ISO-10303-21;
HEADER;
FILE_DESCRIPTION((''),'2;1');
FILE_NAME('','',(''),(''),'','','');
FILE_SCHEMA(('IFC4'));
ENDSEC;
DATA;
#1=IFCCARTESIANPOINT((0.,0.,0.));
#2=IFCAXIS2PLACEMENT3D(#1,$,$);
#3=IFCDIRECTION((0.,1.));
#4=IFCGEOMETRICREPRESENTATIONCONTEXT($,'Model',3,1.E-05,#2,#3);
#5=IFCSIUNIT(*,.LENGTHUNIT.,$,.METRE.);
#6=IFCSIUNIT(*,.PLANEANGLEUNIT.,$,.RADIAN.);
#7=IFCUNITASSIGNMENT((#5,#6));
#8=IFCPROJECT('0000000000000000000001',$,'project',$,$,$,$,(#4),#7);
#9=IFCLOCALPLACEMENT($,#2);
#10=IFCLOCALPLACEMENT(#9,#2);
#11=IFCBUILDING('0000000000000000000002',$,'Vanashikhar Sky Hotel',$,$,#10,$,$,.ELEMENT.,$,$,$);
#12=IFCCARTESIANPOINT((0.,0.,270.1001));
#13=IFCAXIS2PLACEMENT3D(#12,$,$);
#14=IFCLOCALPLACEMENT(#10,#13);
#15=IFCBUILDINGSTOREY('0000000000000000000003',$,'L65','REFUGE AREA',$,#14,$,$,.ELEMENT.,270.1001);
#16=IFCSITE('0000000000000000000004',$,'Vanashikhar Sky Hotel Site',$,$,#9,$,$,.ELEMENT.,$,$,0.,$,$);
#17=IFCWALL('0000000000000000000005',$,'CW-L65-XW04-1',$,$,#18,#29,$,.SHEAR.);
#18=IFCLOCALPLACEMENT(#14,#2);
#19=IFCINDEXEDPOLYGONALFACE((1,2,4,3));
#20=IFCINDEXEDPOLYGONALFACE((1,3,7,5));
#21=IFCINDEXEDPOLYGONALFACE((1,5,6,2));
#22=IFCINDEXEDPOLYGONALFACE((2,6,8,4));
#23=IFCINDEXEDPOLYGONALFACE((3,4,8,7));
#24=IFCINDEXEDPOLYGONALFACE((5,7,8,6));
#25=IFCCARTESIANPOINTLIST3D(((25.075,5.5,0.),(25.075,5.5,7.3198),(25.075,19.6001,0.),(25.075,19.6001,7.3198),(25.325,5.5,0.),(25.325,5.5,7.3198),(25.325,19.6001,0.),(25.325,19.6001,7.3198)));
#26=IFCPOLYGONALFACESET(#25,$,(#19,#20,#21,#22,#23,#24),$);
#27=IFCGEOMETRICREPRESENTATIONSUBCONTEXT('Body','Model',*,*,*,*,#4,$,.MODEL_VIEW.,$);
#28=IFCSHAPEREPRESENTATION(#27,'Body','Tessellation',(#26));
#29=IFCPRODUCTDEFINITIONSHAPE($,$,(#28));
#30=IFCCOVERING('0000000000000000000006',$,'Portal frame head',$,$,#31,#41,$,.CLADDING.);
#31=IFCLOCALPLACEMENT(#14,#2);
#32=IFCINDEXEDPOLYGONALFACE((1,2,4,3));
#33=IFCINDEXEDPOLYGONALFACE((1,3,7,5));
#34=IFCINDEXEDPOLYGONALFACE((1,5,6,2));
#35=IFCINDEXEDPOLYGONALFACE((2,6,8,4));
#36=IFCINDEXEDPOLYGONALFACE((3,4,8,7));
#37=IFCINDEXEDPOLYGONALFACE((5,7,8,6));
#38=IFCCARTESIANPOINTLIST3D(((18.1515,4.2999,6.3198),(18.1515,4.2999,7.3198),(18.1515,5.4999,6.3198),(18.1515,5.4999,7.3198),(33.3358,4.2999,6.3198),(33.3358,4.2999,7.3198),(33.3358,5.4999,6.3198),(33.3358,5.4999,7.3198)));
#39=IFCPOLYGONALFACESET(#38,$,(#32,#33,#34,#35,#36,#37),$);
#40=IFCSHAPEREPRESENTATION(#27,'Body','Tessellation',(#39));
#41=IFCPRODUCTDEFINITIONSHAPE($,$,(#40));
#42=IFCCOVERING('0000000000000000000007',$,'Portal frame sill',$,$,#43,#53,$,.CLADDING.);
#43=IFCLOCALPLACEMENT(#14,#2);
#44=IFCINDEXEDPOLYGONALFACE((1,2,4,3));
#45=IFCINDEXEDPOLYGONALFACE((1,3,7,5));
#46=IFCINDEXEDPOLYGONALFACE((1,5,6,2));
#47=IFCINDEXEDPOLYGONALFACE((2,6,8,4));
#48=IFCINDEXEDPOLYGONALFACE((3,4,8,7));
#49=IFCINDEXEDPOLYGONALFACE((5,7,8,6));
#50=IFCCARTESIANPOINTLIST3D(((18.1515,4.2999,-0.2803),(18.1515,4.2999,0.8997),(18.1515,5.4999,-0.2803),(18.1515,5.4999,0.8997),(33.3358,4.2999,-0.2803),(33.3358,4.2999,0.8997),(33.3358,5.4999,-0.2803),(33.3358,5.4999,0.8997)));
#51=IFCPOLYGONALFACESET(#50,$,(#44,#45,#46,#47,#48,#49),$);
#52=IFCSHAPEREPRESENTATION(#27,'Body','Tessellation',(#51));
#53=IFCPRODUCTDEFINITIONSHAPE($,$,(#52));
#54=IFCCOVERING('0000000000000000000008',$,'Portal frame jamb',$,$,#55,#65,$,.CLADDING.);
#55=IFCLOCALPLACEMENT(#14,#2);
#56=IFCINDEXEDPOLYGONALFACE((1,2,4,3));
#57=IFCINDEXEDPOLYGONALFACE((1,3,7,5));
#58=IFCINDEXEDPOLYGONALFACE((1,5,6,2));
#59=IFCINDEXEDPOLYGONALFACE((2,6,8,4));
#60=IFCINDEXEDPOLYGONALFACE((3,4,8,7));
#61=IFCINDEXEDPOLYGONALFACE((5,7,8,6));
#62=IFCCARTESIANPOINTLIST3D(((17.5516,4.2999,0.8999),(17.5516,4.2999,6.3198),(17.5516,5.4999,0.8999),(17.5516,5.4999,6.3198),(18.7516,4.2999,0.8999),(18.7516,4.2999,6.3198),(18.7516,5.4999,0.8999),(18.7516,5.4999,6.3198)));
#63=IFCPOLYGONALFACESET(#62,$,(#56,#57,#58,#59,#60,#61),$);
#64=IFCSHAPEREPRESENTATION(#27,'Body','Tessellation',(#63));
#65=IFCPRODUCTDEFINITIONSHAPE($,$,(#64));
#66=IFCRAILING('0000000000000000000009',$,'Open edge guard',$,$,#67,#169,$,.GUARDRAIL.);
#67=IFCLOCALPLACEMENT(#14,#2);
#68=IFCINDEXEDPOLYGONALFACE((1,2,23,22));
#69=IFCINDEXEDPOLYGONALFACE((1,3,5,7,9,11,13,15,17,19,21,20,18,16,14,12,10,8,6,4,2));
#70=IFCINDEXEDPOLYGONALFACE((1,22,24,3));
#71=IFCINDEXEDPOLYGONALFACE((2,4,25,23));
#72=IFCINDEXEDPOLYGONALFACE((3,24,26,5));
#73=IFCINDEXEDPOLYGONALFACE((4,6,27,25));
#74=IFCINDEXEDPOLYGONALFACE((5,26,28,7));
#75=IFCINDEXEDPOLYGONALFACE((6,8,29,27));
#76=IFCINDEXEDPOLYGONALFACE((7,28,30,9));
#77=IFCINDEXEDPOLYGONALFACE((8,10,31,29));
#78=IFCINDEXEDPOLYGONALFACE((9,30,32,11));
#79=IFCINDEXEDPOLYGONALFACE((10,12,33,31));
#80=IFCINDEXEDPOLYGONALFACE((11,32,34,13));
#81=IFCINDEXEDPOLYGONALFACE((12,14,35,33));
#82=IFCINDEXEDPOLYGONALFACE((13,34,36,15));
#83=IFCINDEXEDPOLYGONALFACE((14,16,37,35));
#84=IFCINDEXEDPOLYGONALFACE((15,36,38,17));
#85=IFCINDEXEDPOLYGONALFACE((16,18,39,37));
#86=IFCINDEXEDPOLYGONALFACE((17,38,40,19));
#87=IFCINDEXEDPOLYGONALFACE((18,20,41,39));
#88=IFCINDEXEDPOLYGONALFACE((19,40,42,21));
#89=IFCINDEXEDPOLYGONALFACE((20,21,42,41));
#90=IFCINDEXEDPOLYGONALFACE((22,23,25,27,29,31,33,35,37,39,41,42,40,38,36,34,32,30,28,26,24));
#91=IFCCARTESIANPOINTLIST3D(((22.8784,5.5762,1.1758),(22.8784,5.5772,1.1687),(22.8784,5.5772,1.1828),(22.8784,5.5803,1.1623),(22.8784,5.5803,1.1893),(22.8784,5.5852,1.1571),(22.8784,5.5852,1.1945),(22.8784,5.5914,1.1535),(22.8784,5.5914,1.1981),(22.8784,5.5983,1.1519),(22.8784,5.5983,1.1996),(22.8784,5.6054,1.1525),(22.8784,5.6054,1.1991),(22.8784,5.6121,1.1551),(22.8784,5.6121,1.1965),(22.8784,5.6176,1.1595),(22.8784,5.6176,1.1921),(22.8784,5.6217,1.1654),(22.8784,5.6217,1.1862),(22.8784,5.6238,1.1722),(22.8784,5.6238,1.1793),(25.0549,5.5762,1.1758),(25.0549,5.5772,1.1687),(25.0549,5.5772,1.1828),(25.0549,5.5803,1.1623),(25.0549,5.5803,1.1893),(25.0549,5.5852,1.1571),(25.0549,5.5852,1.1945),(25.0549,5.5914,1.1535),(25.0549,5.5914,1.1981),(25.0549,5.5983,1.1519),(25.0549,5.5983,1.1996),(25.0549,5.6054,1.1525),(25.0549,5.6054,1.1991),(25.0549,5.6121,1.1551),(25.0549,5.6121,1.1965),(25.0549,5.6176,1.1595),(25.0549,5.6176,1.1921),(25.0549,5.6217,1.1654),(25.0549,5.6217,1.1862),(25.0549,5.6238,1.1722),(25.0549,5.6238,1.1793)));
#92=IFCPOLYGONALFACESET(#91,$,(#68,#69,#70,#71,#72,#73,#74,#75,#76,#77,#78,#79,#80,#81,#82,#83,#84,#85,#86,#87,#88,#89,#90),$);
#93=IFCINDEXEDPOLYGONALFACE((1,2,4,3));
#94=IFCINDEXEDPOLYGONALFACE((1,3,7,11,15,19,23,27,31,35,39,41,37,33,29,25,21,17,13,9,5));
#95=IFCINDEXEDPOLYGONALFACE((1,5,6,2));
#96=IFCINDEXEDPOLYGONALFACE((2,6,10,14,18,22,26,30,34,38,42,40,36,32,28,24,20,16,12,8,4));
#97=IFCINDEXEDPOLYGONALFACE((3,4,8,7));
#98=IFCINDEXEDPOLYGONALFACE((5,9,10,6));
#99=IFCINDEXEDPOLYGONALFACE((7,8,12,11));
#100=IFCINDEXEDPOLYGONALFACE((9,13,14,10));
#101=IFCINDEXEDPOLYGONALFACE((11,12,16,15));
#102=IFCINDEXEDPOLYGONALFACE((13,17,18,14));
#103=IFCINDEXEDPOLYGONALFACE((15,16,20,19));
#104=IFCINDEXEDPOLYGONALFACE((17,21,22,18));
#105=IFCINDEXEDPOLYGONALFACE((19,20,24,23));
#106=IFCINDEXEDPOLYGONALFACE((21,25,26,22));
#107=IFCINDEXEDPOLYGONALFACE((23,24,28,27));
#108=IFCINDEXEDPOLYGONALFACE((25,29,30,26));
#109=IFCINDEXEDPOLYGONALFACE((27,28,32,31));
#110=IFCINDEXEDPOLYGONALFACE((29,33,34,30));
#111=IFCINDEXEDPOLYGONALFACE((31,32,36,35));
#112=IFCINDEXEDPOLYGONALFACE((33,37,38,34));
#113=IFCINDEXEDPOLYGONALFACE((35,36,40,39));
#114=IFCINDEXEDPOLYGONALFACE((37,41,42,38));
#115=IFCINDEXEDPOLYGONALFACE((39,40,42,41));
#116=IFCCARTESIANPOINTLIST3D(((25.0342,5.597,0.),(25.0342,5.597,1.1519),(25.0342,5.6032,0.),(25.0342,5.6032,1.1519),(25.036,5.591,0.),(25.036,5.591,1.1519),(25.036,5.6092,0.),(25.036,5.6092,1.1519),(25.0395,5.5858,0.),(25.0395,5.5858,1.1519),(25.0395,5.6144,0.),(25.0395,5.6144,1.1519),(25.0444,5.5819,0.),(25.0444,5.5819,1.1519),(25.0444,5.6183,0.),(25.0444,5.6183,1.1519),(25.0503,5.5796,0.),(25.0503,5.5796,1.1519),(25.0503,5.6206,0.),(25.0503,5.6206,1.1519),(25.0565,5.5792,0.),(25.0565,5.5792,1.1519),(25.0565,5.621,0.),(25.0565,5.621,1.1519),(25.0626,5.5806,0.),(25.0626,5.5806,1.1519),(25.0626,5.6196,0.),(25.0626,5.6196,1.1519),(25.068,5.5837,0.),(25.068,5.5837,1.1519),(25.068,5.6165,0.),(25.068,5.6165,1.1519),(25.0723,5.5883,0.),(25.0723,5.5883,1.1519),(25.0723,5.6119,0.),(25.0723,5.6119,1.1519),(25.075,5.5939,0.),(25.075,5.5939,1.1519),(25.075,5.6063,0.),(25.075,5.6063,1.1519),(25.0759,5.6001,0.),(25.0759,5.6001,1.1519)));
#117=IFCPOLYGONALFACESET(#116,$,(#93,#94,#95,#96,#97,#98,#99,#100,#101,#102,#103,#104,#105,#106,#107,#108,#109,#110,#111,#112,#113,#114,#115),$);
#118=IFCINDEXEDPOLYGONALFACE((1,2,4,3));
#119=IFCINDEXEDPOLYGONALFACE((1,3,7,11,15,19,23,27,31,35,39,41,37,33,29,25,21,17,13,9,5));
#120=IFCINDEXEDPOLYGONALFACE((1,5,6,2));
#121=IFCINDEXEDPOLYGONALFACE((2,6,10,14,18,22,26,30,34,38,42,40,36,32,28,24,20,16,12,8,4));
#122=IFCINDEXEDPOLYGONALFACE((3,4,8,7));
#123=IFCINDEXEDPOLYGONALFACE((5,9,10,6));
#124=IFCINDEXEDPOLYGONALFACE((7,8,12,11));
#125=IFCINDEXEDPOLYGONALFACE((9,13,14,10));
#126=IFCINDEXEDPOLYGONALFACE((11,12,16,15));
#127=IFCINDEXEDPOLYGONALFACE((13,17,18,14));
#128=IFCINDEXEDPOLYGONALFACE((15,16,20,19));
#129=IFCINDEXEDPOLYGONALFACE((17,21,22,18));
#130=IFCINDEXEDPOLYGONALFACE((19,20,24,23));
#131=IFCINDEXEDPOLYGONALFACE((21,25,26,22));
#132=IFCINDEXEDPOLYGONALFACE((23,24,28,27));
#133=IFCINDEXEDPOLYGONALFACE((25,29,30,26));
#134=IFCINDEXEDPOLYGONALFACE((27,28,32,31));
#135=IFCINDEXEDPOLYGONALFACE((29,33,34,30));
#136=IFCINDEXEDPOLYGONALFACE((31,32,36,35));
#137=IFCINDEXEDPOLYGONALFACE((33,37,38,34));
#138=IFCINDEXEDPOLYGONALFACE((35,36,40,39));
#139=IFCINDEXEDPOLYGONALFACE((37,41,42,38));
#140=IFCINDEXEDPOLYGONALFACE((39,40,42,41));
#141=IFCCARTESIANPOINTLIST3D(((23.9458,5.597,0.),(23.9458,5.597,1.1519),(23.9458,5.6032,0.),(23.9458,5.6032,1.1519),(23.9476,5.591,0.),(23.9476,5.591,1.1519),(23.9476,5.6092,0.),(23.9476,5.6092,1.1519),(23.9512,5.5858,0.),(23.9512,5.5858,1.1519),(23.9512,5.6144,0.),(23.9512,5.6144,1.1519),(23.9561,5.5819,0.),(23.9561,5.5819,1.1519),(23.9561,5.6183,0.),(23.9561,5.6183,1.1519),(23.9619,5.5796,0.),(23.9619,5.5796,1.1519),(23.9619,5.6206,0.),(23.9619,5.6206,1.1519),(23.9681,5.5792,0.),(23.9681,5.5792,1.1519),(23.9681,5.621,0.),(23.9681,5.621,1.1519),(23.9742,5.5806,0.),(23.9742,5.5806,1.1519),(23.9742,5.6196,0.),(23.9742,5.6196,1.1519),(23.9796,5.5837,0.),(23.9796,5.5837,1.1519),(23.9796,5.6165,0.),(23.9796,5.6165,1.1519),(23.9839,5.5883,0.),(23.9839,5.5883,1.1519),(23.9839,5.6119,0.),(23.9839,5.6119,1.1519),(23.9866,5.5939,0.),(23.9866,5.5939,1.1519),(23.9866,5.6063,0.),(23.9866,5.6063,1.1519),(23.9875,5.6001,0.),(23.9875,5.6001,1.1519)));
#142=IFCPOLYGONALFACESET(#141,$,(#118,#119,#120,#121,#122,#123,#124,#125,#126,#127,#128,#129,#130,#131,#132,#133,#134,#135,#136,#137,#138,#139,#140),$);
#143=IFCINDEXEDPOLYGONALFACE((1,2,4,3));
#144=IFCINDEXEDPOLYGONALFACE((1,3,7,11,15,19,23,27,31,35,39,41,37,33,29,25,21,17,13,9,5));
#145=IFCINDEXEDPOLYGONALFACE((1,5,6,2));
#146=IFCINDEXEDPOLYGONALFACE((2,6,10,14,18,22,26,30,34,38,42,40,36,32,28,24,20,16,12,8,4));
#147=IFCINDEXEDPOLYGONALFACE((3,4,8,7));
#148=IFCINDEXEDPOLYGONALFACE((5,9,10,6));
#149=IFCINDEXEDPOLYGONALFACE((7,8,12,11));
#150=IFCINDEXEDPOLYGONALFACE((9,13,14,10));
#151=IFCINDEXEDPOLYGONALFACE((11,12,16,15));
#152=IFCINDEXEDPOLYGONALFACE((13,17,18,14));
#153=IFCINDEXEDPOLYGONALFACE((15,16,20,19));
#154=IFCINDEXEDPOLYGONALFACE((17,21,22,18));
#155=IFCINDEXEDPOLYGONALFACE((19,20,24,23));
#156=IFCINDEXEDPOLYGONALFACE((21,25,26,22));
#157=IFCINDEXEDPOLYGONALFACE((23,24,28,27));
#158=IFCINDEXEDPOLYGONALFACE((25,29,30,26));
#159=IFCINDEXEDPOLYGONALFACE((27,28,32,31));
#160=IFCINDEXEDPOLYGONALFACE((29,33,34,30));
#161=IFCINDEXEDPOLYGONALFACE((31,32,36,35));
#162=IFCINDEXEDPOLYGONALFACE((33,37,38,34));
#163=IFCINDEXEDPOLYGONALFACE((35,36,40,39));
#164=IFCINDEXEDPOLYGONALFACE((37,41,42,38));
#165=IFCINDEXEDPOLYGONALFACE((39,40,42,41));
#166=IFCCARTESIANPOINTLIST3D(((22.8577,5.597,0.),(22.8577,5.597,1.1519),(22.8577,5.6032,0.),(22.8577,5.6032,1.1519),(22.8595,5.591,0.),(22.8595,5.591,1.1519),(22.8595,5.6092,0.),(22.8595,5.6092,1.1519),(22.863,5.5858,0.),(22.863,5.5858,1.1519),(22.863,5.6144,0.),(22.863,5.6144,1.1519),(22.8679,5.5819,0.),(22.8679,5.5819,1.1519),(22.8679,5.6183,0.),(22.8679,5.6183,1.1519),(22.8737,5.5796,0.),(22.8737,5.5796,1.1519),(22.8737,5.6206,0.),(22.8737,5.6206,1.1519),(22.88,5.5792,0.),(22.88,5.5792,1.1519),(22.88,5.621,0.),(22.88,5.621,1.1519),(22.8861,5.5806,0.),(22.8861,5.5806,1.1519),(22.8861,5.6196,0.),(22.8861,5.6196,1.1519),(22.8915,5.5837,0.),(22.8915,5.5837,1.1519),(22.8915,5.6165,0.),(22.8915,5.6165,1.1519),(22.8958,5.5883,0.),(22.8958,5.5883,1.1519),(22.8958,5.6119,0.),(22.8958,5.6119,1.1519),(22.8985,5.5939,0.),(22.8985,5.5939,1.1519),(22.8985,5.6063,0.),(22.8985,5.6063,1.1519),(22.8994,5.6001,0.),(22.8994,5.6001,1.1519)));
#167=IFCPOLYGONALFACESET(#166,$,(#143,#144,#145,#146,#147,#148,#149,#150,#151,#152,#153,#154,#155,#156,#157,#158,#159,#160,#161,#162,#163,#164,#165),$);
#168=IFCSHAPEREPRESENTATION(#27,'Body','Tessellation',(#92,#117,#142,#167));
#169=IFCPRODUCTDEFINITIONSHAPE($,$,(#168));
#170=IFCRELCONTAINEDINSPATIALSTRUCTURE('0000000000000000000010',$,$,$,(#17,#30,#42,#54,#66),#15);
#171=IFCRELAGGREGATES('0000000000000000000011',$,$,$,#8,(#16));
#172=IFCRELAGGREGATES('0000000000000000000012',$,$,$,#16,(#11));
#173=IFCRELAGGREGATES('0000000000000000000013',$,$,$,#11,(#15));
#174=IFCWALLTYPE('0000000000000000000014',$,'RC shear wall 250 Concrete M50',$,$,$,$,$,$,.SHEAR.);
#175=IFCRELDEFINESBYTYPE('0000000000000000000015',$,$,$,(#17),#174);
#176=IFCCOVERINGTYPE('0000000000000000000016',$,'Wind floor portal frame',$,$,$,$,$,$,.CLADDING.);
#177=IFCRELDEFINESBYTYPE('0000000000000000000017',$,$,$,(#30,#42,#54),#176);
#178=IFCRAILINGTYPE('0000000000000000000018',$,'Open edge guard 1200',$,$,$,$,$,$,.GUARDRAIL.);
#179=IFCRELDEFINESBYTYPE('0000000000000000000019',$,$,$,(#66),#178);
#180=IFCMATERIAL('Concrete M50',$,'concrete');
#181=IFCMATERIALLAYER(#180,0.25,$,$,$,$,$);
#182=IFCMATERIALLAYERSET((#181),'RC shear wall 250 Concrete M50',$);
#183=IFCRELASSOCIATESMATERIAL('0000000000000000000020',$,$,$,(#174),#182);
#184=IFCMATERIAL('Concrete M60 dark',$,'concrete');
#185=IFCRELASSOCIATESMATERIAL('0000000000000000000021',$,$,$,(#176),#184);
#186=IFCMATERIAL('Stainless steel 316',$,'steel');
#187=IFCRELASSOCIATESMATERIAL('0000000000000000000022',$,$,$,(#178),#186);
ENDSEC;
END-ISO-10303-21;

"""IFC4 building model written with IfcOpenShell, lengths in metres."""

from ifc_helpers import new_model, si_unit, direction, frame, frame_2d, origin, origin_2d, place, context, subcontext, project, spatial, rectangle, circle, extrude, source, transform, mapped, material, layer, layer_set, type_object, element, save


model = new_model("IFC4")

# Units and contexts
model_context = context("Model", 3, precision=1e-05, world=origin(), true_north=direction((0.0, 1.0)))
body_context = subcontext(model_context, "Body", "Model", "MODEL_VIEW")
ifc_project = project(units=[si_unit("LENGTHUNIT", "METRE"), si_unit("PLANEANGLEUNIT", "RADIAN")], contexts=[model_context])

# Site, building, storey
site_placement = place(None, origin())
site = spatial("IfcSite", under=ifc_project, at=site_placement, Name="Vanashikhar Sky Hotel Site", CompositionType="ELEMENT", RefElevation=0.0)
building_placement = place(site_placement, origin())
building = spatial("IfcBuilding", under=site, at=building_placement, Name="Vanashikhar Sky Hotel", CompositionType="ELEMENT")
storey_placement = place(building_placement, frame((0.0, 0.0, 270.1001)))
storey = spatial("IfcBuildingStorey", under=building, at=storey_placement, Name="L65", Description="REFUGE AREA", CompositionType="ELEMENT", Elevation=270.1001)

# Wall
ifc_material_1 = material(Name="Concrete M50", Category="concrete")
ifc_layer = layer(ifc_material_1, 0.25)
ifc_layer_set = layer_set([ifc_layer], Name="RC shear wall 250 Concrete M50")
wall_type = type_object("IfcWallType", Name="RC shear wall 250 Concrete M50", PredefinedType="SHEAR", material=ifc_layer_set)
shared_shape_1 = source(origin(), body_context, "Body", "SweptSolid", [
    extrude(rectangle(XDim=14.1001, YDim=0.25, at=frame_2d((7.05, 0.0))), origin(), (0.0, 0.0, 1.0), 7.3198),
])
wall_placement = place(storey_placement, frame((25.2, 5.5, 0.0), z_axis=(0.0, 0.0, 1.0), x_axis=(0.0, 1.0, 0.0)))
element("IfcWall", 1, at=wall_placement, inside=storey, type_object=wall_type, Name="CW-L65-XW04-1", PredefinedType="SHEAR", context=body_context, shape_type="MappedRepresentation", body=[
    mapped(shared_shape_1, transform((0.0, 0.0, 0.0), scale=1.0)),
])

# Coverings
ifc_material_2 = material(Name="Concrete M60 dark", Category="concrete")
covering_type = type_object("IfcCoveringType", Name="Wind floor portal frame", PredefinedType="CLADDING", material=ifc_material_2)
shared_shape_2 = source(origin(), body_context, "Body", "SweptSolid", [
    extrude(rectangle(XDim=15.1843, YDim=1.2, at=origin_2d()), origin(), (0.0, 0.0, 1.0), 1.0),
])
covering_1_placement = place(storey_placement, frame((25.7437, 4.8999, 6.3198), z_axis=(0.0, 0.0, 1.0), x_axis=(1.0, 0.0, 0.0)))
element("IfcCovering", 2, at=covering_1_placement, inside=storey, type_object=covering_type, Name="Portal frame head", PredefinedType="CLADDING", context=body_context, shape_type="MappedRepresentation", body=[
    mapped(shared_shape_2, transform((0.0, 0.0, 0.0), scale=1.0)),
])
shared_shape_3 = source(origin(), body_context, "Body", "SweptSolid", [
    extrude(rectangle(XDim=15.1843, YDim=1.2, at=origin_2d()), origin(), (0.0, 0.0, 1.0), 1.1799),
])
covering_2_placement = place(storey_placement, frame((25.7437, 4.8999, -0.2803), z_axis=(0.0, 0.0, 1.0), x_axis=(1.0, 0.0, 0.0)))
element("IfcCovering", 3, at=covering_2_placement, inside=storey, type_object=covering_type, Name="Portal frame sill", PredefinedType="CLADDING", context=body_context, shape_type="MappedRepresentation", body=[
    mapped(shared_shape_3, transform((0.0, 0.0, 0.0), scale=1.0)),
])
shared_shape_4 = source(origin(), body_context, "Body", "SweptSolid", [
    extrude(rectangle(XDim=1.2, YDim=1.2, at=origin_2d()), origin(), (0.0, 0.0, 1.0), 5.4199),
])
covering_3_placement = place(storey_placement, frame((18.1516, 4.8999, 0.8999), z_axis=(0.0, 0.0, 1.0), x_axis=(1.0, 0.0, 0.0)))
element("IfcCovering", 4, at=covering_3_placement, inside=storey, type_object=covering_type, Name="Portal frame jamb", PredefinedType="CLADDING", context=body_context, shape_type="MappedRepresentation", body=[
    mapped(shared_shape_4, transform((0.0, 0.0, 0.0), scale=1.0)),
])

# Railing
ifc_material_3 = material(Name="Stainless steel 316", Category="steel")
railing_type = type_object("IfcRailingType", Name="Open edge guard 1200", PredefinedType="GUARDRAIL", material=ifc_material_3)
shared_shape_5 = source(origin(), body_context, "Body", "SweptSolid", [
    extrude(circle(Radius=0.0239, at=origin_2d()), frame((0.0, 0.0, 1.1758), z_axis=(-1.0, 0.0, 0.0), x_axis=(0.0, -1.0, 0.0)), (0.0, 0.0, 1.0), 2.1765),
    extrude(circle(Radius=0.021, at=origin_2d()), origin(), (0.0, 0.0, 1.0), 1.1519),
    extrude(circle(Radius=0.021, at=origin_2d()), frame((-1.0884, 0.0, 0.0)), (0.0, 0.0, 1.0), 1.1519),
    extrude(circle(Radius=0.021, at=origin_2d()), frame((-2.1765, 0.0, 0.0)), (0.0, 0.0, 1.0), 1.1519),
])
railing_1_placement = place(storey_placement, frame((25.0549, 5.6001, 0.0)))
element("IfcRailing", 5, at=railing_1_placement, inside=storey, type_object=railing_type, Name="Open edge guard", PredefinedType="GUARDRAIL", context=body_context, shape_type="MappedRepresentation", body=[
    mapped(shared_shape_5, transform((0.0, 0.0, 0.0), scale=1.0)),
])

save(model, "model.ifc")
